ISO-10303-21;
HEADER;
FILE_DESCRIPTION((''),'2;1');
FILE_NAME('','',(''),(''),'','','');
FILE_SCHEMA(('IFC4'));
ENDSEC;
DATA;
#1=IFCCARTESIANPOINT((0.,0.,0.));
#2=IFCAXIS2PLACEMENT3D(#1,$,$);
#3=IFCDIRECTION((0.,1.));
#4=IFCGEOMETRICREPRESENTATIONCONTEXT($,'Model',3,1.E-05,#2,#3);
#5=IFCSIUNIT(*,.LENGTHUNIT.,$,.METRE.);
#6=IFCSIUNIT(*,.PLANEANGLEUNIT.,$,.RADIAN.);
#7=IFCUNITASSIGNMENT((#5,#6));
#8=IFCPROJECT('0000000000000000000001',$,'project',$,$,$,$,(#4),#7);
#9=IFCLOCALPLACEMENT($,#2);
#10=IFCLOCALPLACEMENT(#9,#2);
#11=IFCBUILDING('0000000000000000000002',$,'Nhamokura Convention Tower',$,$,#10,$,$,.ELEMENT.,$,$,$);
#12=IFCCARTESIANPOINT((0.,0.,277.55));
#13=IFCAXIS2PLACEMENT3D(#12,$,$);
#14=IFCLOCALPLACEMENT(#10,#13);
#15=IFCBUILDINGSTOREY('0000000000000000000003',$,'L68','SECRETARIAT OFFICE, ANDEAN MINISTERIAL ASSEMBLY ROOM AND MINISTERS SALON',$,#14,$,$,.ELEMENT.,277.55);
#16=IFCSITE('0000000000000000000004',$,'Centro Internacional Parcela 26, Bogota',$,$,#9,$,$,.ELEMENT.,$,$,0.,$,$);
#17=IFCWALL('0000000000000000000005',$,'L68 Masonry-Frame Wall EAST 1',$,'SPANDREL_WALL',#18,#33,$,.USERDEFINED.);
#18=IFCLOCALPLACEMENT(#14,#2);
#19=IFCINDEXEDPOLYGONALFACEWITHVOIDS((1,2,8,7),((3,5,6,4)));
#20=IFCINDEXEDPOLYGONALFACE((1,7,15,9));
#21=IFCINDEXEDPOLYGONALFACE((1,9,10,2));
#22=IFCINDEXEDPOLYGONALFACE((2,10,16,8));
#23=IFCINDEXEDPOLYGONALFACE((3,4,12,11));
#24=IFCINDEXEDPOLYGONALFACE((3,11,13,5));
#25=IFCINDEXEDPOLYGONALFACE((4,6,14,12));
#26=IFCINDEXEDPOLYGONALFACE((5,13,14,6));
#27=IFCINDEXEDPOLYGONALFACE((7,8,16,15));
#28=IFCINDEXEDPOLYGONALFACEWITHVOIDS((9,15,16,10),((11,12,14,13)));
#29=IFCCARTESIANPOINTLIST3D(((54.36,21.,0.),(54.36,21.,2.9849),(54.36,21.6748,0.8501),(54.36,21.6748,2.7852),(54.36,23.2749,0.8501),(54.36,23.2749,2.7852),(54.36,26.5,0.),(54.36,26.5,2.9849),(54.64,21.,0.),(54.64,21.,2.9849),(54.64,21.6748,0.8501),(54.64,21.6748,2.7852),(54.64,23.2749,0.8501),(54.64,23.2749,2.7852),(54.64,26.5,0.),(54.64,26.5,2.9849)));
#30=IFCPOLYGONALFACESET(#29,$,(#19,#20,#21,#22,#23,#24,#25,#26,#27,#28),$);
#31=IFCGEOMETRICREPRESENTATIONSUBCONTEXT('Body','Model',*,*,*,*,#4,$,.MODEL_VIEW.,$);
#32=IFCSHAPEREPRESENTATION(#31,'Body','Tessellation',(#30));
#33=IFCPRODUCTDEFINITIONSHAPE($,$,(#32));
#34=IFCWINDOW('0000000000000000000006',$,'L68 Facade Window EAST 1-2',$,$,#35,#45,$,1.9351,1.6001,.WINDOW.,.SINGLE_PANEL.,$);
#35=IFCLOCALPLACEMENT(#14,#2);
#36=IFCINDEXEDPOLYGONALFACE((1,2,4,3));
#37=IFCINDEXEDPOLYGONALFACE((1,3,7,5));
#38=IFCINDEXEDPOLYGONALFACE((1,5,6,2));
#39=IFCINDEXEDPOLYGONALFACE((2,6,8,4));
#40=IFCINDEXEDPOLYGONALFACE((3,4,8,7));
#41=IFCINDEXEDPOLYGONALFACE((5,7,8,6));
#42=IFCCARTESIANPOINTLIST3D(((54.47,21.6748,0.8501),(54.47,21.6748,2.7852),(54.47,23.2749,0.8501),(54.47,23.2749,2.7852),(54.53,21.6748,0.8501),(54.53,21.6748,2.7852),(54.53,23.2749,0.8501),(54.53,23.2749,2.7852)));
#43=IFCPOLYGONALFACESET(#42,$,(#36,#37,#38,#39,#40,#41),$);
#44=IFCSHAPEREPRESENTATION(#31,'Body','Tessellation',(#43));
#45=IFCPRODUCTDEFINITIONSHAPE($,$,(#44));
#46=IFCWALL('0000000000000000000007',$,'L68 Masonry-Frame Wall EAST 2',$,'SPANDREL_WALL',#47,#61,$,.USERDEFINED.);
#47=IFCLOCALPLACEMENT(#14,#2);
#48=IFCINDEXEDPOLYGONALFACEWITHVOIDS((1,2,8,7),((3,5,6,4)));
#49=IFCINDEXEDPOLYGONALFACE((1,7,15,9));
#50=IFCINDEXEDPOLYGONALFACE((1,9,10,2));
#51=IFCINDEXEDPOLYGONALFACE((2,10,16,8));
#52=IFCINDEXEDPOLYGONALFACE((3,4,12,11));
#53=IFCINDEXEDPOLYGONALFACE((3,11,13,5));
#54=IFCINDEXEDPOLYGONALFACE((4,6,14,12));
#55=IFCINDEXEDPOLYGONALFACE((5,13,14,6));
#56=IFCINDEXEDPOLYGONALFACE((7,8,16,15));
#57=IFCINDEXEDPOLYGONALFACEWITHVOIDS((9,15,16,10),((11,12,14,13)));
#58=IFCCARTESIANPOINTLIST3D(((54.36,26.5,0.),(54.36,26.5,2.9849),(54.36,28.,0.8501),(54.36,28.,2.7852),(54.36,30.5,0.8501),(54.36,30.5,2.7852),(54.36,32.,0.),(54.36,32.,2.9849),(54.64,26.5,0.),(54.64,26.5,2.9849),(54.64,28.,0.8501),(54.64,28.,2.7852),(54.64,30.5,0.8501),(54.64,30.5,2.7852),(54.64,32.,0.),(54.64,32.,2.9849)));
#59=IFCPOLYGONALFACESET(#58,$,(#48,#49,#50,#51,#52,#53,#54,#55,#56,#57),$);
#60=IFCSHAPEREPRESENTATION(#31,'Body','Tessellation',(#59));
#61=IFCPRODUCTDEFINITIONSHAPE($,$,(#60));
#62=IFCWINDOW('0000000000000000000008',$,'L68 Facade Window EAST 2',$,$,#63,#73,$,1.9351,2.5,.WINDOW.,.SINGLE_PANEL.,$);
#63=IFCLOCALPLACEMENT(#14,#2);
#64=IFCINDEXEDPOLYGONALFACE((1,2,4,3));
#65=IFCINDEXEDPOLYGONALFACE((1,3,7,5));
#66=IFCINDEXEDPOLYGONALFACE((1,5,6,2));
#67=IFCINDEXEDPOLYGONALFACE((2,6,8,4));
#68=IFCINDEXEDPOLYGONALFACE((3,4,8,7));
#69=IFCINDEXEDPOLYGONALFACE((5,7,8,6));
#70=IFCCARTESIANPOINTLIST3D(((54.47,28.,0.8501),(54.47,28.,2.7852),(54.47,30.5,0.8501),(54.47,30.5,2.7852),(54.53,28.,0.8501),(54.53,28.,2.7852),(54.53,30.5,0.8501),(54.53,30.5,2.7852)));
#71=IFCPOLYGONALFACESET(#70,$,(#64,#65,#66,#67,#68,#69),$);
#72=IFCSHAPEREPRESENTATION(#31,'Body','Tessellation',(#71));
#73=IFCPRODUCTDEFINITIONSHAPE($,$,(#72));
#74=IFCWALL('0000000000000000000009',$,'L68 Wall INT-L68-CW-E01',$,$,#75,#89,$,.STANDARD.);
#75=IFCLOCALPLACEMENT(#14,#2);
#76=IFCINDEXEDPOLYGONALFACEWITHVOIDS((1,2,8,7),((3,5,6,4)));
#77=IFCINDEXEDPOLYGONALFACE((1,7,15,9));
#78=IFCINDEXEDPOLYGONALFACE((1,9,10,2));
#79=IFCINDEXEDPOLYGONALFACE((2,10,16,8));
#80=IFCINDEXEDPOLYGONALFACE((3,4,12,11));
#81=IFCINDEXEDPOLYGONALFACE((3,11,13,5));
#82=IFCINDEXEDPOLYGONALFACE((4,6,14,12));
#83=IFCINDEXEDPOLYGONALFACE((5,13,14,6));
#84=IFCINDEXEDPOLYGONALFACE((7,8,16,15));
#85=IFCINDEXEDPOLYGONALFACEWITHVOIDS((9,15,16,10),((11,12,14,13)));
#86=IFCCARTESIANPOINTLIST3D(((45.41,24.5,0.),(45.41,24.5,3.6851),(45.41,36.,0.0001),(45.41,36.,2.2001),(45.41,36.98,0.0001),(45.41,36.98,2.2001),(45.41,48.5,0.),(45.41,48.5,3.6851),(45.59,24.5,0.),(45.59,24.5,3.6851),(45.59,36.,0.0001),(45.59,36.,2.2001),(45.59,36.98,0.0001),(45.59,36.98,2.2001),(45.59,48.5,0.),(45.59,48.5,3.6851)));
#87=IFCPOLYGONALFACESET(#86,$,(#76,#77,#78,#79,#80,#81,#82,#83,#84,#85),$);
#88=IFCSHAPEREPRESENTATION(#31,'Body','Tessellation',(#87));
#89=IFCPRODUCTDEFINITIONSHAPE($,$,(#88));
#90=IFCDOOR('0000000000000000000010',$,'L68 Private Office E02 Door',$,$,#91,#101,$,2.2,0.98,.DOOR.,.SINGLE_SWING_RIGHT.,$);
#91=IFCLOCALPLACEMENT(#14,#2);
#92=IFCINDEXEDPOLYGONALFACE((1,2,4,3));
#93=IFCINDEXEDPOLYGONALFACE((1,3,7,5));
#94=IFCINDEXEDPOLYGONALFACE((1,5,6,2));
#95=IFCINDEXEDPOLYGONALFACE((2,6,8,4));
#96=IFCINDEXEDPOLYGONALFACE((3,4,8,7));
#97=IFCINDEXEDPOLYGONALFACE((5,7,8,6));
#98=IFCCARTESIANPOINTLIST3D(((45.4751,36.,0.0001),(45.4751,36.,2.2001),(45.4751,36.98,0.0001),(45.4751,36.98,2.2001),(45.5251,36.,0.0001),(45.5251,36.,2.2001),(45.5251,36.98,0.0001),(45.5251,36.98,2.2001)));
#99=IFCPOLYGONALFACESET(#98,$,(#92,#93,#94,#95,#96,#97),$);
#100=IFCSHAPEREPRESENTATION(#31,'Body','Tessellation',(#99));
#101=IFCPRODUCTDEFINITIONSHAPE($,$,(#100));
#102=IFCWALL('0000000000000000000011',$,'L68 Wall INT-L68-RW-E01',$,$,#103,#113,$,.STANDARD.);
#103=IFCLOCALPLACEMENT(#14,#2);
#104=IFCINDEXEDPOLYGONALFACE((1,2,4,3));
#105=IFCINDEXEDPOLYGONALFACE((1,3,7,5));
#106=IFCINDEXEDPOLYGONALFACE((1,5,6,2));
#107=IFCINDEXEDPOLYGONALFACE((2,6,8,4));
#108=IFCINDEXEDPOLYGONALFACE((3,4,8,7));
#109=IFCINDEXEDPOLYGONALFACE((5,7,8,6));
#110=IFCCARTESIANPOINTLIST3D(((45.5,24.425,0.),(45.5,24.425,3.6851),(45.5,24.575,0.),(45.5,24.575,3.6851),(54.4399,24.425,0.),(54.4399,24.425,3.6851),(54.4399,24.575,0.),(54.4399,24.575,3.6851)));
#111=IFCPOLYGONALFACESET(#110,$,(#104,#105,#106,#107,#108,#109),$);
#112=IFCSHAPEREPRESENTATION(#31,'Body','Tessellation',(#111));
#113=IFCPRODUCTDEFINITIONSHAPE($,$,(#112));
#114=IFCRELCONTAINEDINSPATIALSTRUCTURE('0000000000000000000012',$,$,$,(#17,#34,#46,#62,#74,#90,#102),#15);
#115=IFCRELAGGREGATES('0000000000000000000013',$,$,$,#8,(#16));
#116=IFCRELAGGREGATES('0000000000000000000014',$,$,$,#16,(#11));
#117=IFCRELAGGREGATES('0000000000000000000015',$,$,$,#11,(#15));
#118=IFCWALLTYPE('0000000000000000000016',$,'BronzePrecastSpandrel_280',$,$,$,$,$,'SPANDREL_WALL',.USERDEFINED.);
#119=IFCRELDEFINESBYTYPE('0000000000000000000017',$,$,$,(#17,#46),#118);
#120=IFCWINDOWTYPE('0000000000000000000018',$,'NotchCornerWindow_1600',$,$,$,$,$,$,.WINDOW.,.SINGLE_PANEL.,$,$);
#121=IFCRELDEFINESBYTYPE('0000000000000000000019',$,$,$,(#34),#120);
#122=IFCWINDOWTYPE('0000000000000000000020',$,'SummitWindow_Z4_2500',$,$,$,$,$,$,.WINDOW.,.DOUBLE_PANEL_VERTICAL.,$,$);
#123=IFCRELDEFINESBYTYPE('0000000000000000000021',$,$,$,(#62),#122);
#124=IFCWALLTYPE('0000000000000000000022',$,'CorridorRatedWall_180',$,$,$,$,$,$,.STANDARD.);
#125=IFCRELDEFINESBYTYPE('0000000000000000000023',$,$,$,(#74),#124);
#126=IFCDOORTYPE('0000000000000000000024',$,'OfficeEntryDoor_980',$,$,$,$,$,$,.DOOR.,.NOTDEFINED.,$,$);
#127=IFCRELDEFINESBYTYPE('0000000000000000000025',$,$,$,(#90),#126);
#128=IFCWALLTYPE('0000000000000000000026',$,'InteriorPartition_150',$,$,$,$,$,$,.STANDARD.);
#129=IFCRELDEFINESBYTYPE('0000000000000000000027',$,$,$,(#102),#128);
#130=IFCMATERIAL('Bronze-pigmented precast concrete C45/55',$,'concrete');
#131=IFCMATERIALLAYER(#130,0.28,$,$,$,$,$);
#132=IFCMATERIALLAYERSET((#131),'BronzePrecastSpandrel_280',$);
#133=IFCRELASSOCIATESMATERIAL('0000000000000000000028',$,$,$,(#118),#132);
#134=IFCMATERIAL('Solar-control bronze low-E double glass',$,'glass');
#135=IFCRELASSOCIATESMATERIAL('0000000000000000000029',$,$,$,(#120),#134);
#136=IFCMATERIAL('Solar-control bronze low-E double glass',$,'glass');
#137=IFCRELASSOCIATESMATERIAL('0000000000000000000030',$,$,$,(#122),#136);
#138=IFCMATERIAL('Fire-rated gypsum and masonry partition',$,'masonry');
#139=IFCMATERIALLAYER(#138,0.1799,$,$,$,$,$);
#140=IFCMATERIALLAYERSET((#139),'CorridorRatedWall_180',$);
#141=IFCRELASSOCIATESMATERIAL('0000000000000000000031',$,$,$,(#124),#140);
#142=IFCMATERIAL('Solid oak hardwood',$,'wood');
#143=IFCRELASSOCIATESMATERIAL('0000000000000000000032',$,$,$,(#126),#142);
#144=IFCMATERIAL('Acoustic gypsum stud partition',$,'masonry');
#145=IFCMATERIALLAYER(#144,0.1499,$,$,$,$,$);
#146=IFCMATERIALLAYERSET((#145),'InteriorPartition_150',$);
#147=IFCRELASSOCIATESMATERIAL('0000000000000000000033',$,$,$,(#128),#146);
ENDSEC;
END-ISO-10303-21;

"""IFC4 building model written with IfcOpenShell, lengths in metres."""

from ifc_helpers import new_model, si_unit, direction, frame, frame_2d, origin, place, context, subcontext, project, spatial, rectangle, extrude, material, layer, layer_set, type_object, element, fill, save


model = new_model("IFC4")

# Units and contexts
model_context = context("Model", 3, precision=1e-05, world=origin(), true_north=direction((0.0, 1.0)))
body_context = subcontext(model_context, "Body", "Model", "MODEL_VIEW")
ifc_project = project(units=[si_unit("LENGTHUNIT", "METRE"), si_unit("PLANEANGLEUNIT", "RADIAN")], contexts=[model_context])

# Site, building, storey
site_placement = place(None, origin())
site = spatial("IfcSite", under=ifc_project, at=site_placement, Name="Centro Internacional Parcela 26, Bogota", CompositionType="ELEMENT", RefElevation=0.0)
building_placement = place(site_placement, origin())
building = spatial("IfcBuilding", under=site, at=building_placement, Name="Nhamokura Convention Tower", CompositionType="ELEMENT")
storey_placement = place(building_placement, frame((0.0, 0.0, 277.55)))
storey = spatial("IfcBuildingStorey", under=building, at=storey_placement, Name="L68", Description="SECRETARIAT OFFICE, ANDEAN MINISTERIAL ASSEMBLY ROOM AND MINISTERS SALON", CompositionType="ELEMENT", Elevation=277.55)

# Shared definitions
ifc_material_1 = material(Name="Bronze-pigmented precast concrete C45/55", Category="concrete")
ifc_layer_1 = layer(ifc_material_1, 0.28)
ifc_layer_set_1 = layer_set([ifc_layer_1], Name="BronzePrecastSpandrel_280")
wall_type_1 = type_object("IfcWallType", Name="BronzePrecastSpandrel_280", ElementType="SPANDREL_WALL", PredefinedType="USERDEFINED", material=ifc_layer_set_1)

# Walls, openings, windows
wall_1_placement = place(storey_placement, frame((54.5, 26.5, 0.0), z_axis=(0.0, 0.0, 1.0), x_axis=(0.0, -1.0, 0.0)))
wall_1 = element("IfcWall", 1, at=wall_1_placement, inside=storey, type_object=wall_type_1, Name="L68 Masonry-Frame Wall EAST 1", ObjectType="SPANDREL_WALL", PredefinedType="USERDEFINED", context=body_context, shape_type="SweptSolid", body=[
    extrude(rectangle(XDim=5.5, YDim=0.28, at=frame_2d((2.75, 0.0))), origin(), (0.0, 0.0, 1.0), 2.9849),
])
opening_1_placement = place(wall_1_placement, frame((3.2251, 0.0, 0.8501)))
opening_1 = element("IfcOpeningElement", 2, at=opening_1_placement, cuts=wall_1, PredefinedType="OPENING", context=body_context, shape_type="SweptSolid", body=[
    extrude(rectangle(XDim=1.6001, YDim=1.9351, at=frame_2d((0.8, 0.9675))), frame((0.0, 0.1499, 0.0), z_axis=(0.0, -1.0, 0.0), x_axis=(1.0, 0.0, 0.0)), (0.0, 0.0, 1.0), 0.3),
])
ifc_material_2 = material(Name="Solar-control bronze low-E double glass", Category="glass")
window_type_1 = type_object("IfcWindowType", Name="NotchCornerWindow_1600", PartitioningType="SINGLE_PANEL", PredefinedType="WINDOW", material=ifc_material_2)
window_1_placement = place(opening_1_placement, origin())
window_1 = element("IfcWindow", 3, at=window_1_placement, inside=storey, type_object=window_type_1, Name="L68 Facade Window EAST 1-2", OverallHeight=1.9351, OverallWidth=1.6001, PartitioningType="SINGLE_PANEL", PredefinedType="WINDOW", context=body_context, shape_type="SweptSolid", body=[
    extrude(rectangle(XDim=1.6001, YDim=1.9351, at=frame_2d((0.8, 0.9675))), frame((0.0, 0.03, 0.0), z_axis=(0.0, -1.0, 0.0), x_axis=(1.0, 0.0, 0.0)), (0.0, 0.0, 1.0), 0.0601),
])
fill(opening_1, window_1)
wall_2_placement = place(storey_placement, frame((54.5, 32.0, 0.0), z_axis=(0.0, 0.0, 1.0), x_axis=(0.0, -1.0, 0.0)))
wall_2 = element("IfcWall", 4, at=wall_2_placement, inside=storey, type_object=wall_type_1, Name="L68 Masonry-Frame Wall EAST 2", ObjectType="SPANDREL_WALL", PredefinedType="USERDEFINED", context=body_context, shape_type="SweptSolid", body=[
    extrude(rectangle(XDim=5.5, YDim=0.28, at=frame_2d((2.75, 0.0))), origin(), (0.0, 0.0, 1.0), 2.9849),
])
opening_2_placement = place(wall_2_placement, frame((1.5, 0.0, 0.8501)))
opening_2 = element("IfcOpeningElement", 5, at=opening_2_placement, cuts=wall_2, PredefinedType="OPENING", context=body_context, shape_type="SweptSolid", body=[
    extrude(rectangle(XDim=2.5, YDim=1.9351, at=frame_2d((1.25, 0.9675))), frame((0.0, 0.1499, 0.0), z_axis=(0.0, -1.0, 0.0), x_axis=(1.0, 0.0, 0.0)), (0.0, 0.0, 1.0), 0.3),
])
ifc_material_3 = material(Name="Solar-control bronze low-E double glass", Category="glass")
window_type_2 = type_object("IfcWindowType", Name="SummitWindow_Z4_2500", PartitioningType="DOUBLE_PANEL_VERTICAL", PredefinedType="WINDOW", material=ifc_material_3)
window_2_placement = place(opening_2_placement, origin())
window_2 = element("IfcWindow", 6, at=window_2_placement, inside=storey, type_object=window_type_2, Name="L68 Facade Window EAST 2", OverallHeight=1.9351, OverallWidth=2.5, PartitioningType="SINGLE_PANEL", PredefinedType="WINDOW", context=body_context, shape_type="SweptSolid", body=[
    extrude(rectangle(XDim=2.5, YDim=1.9351, at=frame_2d((1.25, 0.9675))), frame((0.0, 0.03, 0.0), z_axis=(0.0, -1.0, 0.0), x_axis=(1.0, 0.0, 0.0)), (0.0, 0.0, 1.0), 0.0601),
])
fill(opening_2, window_2)

# Wall, opening, door
ifc_material_4 = material(Name="Fire-rated gypsum and masonry partition", Category="masonry")
ifc_layer_2 = layer(ifc_material_4, 0.1799)
ifc_layer_set_2 = layer_set([ifc_layer_2], Name="CorridorRatedWall_180")
wall_type_2 = type_object("IfcWallType", Name="CorridorRatedWall_180", PredefinedType="STANDARD", material=ifc_layer_set_2)
wall_3_placement = place(storey_placement, frame((45.5, 24.5, 0.0), z_axis=(0.0, 0.0, 1.0), x_axis=(0.0, 1.0, 0.0)))
wall_3 = element("IfcWall", 7, at=wall_3_placement, inside=storey, type_object=wall_type_2, Name="L68 Wall INT-L68-CW-E01", PredefinedType="STANDARD", context=body_context, shape_type="SweptSolid", body=[
    extrude(rectangle(XDim=24.0, YDim=0.1799, at=frame_2d((12.0, 0.0))), origin(), (0.0, 0.0, 1.0), 3.6851),
])
opening_3_placement = place(wall_3_placement, frame((11.5, 0.0, 0.0)))
opening_3 = element("IfcOpeningElement", 8, at=opening_3_placement, cuts=wall_3, PredefinedType="OPENING", context=body_context, shape_type="SweptSolid", body=[
    extrude(rectangle(XDim=0.98, YDim=2.2, at=frame_2d((0.49, 1.1001))), frame((0.0, 0.0999, 0.0), z_axis=(0.0, -1.0, 0.0), x_axis=(1.0, 0.0, 0.0)), (0.0, 0.0, 1.0), 0.2),
])
ifc_material_5 = material(Name="Solid oak hardwood", Category="wood")
door_type = type_object("IfcDoorType", Name="OfficeEntryDoor_980", OperationType="NOTDEFINED", PredefinedType="DOOR", material=ifc_material_5)
door_placement = place(opening_3_placement, origin())
door = element("IfcDoor", 9, at=door_placement, inside=storey, type_object=door_type, Name="L68 Private Office E02 Door", OperationType="SINGLE_SWING_RIGHT", OverallHeight=2.2, OverallWidth=0.98, PredefinedType="DOOR", context=body_context, shape_type="SweptSolid", body=[
    extrude(rectangle(XDim=0.98, YDim=2.2, at=frame_2d((0.49, 1.1001))), frame((0.0, 0.0249, 0.0), z_axis=(0.0, -1.0, 0.0), x_axis=(1.0, 0.0, 0.0)), (0.0, 0.0, 1.0), 0.05),
])
fill(opening_3, door)

# Wall
ifc_material_6 = material(Name="Acoustic gypsum stud partition", Category="masonry")
ifc_layer_3 = layer(ifc_material_6, 0.1499)
ifc_layer_set_3 = layer_set([ifc_layer_3], Name="InteriorPartition_150")
wall_type_3 = type_object("IfcWallType", Name="InteriorPartition_150", PredefinedType="STANDARD", material=ifc_layer_set_3)
wall_4_placement = place(storey_placement, frame((45.5, 24.5, 0.0), z_axis=(0.0, 0.0, 1.0), x_axis=(1.0, 0.0, 0.0)))
element("IfcWall", 10, at=wall_4_placement, inside=storey, type_object=wall_type_3, Name="L68 Wall INT-L68-RW-E01", PredefinedType="STANDARD", context=body_context, shape_type="SweptSolid", body=[
    extrude(rectangle(XDim=8.9399, YDim=0.1499, at=frame_2d((4.47, 0.0))), origin(), (0.0, 0.0, 1.0), 3.6851),
])

save(model, "model.ifc")
